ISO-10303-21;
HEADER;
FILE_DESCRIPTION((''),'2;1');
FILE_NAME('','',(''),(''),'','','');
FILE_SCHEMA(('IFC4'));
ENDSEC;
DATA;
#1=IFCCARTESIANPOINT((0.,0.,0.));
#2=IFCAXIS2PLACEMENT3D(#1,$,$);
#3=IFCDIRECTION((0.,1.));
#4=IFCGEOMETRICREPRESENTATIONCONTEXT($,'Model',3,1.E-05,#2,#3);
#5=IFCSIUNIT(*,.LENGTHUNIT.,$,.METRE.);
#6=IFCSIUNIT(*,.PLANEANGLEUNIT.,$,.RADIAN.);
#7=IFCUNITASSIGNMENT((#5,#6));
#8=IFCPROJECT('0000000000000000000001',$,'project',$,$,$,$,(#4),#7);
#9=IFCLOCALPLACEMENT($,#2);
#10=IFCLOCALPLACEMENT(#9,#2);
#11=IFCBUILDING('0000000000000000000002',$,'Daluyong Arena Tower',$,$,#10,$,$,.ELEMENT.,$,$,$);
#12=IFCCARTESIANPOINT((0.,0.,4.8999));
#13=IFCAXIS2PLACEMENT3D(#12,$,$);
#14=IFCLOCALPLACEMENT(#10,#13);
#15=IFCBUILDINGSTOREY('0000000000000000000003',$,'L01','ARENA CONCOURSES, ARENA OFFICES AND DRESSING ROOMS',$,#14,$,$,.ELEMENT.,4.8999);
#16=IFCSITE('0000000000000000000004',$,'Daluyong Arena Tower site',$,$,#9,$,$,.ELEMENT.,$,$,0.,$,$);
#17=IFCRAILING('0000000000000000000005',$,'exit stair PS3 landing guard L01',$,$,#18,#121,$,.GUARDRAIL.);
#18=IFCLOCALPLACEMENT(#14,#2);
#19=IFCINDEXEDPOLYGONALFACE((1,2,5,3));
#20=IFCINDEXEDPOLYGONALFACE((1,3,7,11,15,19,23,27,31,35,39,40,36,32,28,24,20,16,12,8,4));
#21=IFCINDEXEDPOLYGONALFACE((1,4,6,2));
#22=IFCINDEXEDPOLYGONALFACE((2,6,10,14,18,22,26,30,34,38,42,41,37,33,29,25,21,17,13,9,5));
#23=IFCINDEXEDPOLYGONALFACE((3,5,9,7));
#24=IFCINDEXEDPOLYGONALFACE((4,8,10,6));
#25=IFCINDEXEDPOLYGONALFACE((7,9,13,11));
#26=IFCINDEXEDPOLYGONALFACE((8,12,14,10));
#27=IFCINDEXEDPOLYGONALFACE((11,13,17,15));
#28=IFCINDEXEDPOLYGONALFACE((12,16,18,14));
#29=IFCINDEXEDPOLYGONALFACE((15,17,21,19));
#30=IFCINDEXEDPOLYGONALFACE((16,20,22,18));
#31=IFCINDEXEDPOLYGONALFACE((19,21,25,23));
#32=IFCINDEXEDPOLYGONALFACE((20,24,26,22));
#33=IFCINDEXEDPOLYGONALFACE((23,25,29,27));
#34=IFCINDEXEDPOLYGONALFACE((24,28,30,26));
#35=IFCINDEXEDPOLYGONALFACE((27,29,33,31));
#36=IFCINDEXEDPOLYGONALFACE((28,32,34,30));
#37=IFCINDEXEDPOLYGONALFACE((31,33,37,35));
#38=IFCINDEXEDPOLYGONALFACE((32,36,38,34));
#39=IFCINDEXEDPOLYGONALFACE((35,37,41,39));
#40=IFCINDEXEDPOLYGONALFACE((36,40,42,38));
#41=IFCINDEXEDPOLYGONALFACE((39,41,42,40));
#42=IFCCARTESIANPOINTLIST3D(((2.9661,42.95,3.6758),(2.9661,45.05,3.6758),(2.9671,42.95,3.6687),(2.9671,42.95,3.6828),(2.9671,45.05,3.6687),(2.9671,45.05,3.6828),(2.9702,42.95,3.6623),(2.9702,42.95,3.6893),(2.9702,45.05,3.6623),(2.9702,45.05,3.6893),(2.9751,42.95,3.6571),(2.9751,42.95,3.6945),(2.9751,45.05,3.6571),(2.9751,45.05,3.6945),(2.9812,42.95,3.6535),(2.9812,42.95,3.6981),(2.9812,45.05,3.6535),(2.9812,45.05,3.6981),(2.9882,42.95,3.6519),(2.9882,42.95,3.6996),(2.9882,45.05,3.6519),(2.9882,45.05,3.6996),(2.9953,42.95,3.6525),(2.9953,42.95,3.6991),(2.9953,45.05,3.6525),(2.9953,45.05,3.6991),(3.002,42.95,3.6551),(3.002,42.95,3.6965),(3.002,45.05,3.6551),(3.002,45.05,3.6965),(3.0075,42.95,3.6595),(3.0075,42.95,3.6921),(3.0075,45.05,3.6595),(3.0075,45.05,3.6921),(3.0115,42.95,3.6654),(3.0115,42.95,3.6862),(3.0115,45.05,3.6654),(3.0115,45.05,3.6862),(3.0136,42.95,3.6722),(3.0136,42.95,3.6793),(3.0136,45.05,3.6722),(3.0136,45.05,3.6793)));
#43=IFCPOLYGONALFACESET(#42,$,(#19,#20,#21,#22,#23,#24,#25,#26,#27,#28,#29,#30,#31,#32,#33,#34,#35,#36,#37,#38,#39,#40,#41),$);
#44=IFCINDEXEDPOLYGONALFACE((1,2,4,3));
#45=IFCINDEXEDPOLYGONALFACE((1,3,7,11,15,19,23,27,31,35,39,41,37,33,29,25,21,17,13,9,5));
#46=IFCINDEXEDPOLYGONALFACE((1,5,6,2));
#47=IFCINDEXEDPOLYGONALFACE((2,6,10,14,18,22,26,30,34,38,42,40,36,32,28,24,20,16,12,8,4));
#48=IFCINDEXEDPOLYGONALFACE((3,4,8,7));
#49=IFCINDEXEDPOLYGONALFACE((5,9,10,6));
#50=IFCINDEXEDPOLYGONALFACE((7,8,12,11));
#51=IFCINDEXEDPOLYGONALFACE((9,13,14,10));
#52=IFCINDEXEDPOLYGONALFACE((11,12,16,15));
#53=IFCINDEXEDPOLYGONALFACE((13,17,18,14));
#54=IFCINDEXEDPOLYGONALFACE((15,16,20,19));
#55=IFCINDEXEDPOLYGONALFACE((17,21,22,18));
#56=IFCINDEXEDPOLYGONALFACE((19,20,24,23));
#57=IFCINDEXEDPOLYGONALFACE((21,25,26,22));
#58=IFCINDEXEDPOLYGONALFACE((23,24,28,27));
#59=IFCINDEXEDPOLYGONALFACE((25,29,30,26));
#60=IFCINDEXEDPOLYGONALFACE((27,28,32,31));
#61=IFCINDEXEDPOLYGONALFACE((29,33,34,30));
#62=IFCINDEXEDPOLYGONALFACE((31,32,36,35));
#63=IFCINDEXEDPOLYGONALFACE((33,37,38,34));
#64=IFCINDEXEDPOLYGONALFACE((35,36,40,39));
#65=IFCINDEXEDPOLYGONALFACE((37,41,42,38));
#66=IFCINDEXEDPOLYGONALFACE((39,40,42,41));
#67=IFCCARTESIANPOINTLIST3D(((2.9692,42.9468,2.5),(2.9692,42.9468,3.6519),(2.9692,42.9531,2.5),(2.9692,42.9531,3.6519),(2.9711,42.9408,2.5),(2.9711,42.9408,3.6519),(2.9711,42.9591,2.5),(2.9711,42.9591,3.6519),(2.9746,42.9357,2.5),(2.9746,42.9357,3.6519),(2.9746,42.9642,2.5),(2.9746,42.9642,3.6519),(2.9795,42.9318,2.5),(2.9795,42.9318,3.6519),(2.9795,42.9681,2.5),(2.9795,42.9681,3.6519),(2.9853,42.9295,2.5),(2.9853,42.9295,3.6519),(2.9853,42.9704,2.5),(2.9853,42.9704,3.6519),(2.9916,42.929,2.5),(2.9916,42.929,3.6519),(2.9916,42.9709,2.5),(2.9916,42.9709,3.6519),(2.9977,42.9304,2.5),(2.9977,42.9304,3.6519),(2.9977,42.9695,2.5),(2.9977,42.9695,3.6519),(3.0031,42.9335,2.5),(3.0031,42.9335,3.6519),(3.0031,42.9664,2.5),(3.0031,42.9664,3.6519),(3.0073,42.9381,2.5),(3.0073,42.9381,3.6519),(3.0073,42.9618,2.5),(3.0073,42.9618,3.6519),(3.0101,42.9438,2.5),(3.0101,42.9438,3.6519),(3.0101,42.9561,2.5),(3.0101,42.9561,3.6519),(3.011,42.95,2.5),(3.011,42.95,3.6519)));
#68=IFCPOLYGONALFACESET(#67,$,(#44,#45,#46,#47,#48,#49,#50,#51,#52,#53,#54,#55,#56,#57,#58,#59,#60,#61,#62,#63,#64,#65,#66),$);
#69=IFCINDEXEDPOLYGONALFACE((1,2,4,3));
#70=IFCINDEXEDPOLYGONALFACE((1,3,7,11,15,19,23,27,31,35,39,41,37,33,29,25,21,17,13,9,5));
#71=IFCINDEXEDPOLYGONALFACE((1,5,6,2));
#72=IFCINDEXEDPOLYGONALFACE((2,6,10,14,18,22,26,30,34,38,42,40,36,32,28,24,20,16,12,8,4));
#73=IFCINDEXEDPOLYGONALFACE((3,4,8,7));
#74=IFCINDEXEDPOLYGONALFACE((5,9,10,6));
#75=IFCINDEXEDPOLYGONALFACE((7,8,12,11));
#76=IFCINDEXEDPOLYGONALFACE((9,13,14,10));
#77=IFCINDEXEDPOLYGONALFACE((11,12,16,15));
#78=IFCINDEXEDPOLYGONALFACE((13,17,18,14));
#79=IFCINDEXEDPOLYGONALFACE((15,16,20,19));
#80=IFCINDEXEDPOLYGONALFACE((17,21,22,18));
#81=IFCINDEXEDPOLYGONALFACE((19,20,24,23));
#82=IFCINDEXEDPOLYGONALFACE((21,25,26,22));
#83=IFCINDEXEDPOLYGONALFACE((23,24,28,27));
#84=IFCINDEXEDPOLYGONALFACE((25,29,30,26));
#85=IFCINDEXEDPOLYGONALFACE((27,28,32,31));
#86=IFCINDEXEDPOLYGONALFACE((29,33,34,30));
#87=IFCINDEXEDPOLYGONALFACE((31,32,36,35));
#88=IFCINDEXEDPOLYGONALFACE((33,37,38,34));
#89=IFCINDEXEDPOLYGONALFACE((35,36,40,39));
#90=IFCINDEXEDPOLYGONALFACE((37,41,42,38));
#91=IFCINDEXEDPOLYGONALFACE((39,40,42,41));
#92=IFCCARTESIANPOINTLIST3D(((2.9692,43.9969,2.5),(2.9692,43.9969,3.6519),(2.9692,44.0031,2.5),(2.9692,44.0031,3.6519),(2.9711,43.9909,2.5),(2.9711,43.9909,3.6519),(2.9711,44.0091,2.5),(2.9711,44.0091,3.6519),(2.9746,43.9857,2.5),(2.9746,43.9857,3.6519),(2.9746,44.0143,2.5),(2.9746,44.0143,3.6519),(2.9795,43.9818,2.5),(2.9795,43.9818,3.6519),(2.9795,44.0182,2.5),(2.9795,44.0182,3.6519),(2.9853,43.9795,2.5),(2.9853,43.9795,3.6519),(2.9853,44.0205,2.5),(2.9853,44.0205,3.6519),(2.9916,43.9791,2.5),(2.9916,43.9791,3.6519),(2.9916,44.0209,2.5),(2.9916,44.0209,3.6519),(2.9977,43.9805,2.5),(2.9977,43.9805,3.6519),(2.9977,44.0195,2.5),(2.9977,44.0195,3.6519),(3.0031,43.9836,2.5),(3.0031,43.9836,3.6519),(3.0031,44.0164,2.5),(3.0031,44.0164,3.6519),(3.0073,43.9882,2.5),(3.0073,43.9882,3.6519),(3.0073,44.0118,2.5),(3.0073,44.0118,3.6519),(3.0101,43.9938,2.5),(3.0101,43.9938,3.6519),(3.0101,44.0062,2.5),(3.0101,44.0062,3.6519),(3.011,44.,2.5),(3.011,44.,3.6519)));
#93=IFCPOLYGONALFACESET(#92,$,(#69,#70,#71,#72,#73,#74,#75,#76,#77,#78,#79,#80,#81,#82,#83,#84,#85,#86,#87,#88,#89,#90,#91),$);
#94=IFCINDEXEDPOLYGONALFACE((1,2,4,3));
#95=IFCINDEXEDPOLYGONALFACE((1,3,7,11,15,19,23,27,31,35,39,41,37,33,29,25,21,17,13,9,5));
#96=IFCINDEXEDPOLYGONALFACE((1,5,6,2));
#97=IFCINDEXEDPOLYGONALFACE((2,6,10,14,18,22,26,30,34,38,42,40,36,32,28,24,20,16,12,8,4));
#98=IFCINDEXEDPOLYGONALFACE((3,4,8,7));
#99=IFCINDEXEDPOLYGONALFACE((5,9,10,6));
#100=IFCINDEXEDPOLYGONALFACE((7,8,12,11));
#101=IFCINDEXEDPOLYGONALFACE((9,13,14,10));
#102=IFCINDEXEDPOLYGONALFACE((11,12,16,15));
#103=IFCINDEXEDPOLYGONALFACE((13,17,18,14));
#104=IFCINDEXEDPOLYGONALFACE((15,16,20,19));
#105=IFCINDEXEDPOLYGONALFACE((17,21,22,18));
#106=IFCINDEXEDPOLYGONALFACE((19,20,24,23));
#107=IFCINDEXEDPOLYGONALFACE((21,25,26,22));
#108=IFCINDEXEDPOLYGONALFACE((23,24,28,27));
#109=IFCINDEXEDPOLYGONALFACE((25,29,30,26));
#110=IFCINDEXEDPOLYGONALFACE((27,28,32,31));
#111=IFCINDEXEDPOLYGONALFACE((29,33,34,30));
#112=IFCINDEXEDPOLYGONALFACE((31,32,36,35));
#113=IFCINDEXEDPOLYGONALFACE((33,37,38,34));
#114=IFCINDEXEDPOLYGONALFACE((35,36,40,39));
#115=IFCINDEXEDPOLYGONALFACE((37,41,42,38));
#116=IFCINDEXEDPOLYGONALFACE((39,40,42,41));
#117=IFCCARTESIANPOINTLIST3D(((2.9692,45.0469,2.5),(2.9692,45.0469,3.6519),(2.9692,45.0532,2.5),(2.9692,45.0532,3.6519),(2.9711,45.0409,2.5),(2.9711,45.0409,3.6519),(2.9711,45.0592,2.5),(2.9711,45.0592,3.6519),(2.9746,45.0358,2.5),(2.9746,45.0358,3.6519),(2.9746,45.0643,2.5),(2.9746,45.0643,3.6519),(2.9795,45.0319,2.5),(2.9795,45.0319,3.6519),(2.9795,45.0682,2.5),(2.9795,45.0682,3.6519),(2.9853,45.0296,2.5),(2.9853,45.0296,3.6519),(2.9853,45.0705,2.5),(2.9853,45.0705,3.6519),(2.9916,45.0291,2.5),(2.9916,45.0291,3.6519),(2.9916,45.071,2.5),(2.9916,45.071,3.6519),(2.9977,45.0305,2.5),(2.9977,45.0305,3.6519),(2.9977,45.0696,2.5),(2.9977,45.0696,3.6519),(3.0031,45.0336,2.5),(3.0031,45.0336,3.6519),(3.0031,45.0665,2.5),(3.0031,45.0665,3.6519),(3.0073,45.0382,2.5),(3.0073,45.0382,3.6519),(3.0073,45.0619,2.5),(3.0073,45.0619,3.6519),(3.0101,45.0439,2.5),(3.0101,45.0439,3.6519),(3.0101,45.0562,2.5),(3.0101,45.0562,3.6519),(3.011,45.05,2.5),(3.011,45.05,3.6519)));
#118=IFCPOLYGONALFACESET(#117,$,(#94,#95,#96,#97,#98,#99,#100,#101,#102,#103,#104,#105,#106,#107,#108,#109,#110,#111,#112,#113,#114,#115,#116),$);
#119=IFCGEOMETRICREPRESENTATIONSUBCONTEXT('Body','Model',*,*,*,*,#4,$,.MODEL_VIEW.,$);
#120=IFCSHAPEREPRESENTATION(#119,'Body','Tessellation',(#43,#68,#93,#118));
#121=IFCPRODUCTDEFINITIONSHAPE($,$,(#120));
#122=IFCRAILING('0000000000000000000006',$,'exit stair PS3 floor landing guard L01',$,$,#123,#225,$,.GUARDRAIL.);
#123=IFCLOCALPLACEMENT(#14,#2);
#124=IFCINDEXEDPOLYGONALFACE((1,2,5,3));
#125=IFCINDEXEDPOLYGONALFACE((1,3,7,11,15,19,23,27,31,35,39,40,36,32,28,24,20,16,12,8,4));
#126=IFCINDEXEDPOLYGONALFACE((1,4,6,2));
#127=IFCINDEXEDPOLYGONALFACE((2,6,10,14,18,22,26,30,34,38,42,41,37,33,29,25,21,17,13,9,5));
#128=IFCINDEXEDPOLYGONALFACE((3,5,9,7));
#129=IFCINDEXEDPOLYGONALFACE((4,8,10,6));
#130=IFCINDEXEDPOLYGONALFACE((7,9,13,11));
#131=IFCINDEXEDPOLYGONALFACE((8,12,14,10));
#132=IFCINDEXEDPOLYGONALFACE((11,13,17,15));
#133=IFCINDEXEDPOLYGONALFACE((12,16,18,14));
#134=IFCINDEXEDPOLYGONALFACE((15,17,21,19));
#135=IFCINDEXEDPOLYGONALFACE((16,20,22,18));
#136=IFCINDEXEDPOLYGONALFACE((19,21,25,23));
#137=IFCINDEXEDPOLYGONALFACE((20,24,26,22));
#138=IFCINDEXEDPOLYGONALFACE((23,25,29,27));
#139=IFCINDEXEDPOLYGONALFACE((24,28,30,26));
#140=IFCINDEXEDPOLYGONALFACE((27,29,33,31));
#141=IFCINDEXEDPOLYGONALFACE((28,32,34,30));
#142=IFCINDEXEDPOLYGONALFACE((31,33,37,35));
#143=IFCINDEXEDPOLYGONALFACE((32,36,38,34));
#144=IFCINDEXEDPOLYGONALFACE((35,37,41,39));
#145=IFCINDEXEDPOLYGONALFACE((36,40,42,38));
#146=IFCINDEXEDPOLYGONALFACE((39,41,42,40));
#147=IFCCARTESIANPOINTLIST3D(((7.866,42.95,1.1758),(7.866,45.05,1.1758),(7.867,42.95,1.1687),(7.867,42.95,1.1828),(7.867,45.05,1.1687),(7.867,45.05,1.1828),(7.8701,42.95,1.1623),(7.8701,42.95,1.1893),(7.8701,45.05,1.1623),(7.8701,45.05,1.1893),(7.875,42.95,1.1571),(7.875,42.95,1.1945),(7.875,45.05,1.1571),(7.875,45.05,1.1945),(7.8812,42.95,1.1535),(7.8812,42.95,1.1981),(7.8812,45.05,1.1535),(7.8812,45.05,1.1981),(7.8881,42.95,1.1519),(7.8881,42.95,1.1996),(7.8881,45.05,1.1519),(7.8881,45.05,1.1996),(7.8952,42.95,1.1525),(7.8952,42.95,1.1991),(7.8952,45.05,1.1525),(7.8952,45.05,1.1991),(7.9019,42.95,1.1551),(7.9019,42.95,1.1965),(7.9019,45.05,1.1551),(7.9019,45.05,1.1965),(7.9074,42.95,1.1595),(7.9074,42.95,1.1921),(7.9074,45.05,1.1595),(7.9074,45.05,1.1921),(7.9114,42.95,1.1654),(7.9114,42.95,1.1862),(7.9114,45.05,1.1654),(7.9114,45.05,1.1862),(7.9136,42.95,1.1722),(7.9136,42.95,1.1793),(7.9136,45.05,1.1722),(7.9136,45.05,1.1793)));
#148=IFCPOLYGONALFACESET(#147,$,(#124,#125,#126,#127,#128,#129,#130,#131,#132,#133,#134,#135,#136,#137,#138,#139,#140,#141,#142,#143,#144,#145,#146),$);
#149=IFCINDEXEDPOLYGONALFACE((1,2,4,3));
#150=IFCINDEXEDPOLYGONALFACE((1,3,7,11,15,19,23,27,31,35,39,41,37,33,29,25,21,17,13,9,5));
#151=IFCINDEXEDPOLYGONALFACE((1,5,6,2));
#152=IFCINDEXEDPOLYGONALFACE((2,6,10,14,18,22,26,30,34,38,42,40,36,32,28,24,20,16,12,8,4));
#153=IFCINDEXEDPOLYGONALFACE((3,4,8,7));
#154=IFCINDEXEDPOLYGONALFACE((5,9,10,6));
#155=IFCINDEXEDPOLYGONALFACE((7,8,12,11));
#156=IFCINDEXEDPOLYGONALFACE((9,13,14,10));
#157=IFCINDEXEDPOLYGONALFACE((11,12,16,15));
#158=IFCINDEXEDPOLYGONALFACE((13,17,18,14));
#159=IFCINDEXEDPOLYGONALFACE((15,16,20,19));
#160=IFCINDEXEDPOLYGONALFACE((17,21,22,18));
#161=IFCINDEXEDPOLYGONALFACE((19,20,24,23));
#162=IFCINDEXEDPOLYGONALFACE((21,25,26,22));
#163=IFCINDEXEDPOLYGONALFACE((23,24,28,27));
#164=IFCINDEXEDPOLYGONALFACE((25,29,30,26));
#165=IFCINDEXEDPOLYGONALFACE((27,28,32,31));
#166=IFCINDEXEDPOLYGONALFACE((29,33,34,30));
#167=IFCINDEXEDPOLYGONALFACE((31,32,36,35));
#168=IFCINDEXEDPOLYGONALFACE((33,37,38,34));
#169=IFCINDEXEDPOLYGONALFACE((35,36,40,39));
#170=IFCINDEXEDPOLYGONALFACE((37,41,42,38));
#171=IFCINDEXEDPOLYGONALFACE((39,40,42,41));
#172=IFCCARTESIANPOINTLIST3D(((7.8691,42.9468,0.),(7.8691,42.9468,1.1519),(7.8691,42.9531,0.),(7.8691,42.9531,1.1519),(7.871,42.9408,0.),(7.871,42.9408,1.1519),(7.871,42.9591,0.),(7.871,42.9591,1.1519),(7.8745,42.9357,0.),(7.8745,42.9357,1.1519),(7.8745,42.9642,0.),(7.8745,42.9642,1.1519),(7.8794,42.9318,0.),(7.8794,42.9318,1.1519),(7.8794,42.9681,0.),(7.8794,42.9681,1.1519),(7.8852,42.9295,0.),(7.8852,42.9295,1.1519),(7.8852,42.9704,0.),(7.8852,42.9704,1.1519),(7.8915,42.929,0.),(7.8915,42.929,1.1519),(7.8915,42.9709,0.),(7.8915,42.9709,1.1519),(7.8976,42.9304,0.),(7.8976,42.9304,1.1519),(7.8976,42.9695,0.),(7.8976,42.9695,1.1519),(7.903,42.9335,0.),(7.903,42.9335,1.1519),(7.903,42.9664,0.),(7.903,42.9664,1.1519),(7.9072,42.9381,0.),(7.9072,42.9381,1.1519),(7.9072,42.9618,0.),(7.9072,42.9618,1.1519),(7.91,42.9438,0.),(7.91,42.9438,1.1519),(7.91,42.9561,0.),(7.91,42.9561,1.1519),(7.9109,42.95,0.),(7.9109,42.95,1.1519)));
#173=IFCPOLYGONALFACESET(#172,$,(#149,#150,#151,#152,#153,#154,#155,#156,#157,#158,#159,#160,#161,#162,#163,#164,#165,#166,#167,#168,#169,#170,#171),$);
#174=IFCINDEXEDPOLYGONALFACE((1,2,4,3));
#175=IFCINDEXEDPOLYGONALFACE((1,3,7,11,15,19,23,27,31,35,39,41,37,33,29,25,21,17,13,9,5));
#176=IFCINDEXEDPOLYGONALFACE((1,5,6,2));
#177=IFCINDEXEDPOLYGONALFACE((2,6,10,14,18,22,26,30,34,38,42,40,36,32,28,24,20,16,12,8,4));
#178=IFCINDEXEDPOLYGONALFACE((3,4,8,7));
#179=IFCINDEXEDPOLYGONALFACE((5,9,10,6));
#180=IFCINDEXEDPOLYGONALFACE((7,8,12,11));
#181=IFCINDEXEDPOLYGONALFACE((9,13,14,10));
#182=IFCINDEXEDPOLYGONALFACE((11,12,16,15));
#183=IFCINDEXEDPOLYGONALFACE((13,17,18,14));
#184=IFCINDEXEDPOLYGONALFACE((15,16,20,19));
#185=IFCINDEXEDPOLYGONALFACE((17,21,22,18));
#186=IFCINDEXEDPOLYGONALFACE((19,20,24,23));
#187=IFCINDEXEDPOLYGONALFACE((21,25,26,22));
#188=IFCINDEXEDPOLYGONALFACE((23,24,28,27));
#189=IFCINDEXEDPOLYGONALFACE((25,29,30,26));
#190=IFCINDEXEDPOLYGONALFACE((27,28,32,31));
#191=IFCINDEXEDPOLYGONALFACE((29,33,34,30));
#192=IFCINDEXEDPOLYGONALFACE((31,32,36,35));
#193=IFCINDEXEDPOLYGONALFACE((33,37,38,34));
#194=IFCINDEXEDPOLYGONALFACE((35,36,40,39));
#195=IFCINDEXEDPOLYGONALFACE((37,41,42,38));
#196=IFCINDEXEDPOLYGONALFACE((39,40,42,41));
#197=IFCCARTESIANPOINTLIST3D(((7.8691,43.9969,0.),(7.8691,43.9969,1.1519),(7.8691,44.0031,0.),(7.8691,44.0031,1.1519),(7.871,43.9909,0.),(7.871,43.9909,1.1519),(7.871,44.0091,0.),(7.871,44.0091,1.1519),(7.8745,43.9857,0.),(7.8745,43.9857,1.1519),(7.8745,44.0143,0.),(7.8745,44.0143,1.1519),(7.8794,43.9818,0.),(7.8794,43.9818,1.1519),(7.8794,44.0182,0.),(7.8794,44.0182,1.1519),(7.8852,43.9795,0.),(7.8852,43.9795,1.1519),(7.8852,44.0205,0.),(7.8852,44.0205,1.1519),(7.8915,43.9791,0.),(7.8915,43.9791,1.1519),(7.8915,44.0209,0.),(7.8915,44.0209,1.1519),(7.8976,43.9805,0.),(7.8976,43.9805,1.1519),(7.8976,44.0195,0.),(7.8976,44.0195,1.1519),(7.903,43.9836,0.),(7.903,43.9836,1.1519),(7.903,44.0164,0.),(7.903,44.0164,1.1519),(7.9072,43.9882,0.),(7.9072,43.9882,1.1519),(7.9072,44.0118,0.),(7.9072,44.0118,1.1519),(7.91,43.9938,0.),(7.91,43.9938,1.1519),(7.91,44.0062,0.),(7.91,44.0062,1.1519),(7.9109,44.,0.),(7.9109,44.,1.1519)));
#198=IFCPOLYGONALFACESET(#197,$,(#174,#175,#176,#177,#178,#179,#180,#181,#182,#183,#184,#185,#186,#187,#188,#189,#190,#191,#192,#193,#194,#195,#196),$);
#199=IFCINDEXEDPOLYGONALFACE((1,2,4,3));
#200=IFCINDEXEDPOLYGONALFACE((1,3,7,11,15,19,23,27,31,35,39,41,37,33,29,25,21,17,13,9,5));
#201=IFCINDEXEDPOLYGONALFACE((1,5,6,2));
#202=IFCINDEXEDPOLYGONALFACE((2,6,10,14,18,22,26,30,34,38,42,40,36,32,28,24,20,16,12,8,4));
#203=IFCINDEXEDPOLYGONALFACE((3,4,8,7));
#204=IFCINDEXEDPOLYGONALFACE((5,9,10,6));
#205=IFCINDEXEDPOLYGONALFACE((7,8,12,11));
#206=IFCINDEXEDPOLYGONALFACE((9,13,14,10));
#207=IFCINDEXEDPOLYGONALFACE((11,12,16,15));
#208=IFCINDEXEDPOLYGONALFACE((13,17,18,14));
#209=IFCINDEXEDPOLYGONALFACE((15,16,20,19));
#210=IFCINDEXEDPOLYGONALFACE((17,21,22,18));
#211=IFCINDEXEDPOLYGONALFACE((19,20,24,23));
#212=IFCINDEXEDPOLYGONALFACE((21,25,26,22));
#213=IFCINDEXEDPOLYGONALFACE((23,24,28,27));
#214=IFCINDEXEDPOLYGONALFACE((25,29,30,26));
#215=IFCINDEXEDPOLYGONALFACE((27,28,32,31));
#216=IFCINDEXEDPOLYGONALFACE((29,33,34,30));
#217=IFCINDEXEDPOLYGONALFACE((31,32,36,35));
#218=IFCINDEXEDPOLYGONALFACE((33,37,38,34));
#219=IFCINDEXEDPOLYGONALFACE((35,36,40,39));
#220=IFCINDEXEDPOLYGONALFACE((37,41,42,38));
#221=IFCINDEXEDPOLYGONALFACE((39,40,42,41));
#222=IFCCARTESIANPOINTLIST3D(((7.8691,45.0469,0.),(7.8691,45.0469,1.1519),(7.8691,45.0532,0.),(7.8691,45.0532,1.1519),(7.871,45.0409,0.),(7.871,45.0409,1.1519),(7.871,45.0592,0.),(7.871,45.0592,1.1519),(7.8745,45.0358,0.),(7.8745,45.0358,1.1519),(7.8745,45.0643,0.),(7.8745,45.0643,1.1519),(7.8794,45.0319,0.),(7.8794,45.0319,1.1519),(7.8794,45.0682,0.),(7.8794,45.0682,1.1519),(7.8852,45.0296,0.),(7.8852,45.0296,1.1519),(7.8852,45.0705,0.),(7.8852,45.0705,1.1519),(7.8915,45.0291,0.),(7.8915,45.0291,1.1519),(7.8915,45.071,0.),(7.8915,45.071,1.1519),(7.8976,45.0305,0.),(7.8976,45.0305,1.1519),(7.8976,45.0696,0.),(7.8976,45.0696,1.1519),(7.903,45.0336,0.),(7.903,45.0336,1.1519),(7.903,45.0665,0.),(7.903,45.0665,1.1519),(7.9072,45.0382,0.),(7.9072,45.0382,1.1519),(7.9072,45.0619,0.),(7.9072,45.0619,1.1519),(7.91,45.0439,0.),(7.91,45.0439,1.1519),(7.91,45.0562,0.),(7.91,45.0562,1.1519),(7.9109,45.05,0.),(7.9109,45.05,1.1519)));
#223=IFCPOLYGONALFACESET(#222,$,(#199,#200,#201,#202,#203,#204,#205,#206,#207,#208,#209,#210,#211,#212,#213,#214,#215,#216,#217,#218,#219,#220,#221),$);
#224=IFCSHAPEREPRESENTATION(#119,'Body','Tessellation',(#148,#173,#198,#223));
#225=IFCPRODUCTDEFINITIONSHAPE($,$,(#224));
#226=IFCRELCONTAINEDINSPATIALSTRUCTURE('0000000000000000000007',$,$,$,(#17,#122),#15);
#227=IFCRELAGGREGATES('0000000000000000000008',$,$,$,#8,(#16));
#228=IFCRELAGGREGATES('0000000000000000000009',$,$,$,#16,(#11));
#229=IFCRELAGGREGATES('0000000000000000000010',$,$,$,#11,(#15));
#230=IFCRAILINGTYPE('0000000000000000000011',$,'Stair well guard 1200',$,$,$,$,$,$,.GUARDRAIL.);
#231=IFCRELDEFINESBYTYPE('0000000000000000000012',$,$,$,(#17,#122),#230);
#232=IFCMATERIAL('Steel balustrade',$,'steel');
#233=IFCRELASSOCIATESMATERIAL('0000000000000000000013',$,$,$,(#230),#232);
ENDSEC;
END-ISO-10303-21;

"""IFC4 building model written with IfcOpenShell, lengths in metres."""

from ifc_helpers import new_model, si_unit, direction, frame, origin, origin_2d, place, context, subcontext, project, spatial, circle, extrude, material, type_object, element, save


model = new_model("IFC4")

# Units and contexts
model_context = context("Model", 3, precision=1e-05, world=origin(), true_north=direction((0.0, 1.0)))
body_context = subcontext(model_context, "Body", "Model", "MODEL_VIEW")
ifc_project = project(units=[si_unit("LENGTHUNIT", "METRE"), si_unit("PLANEANGLEUNIT", "RADIAN")], contexts=[model_context])

# Site, building, storey
site_placement = place(None, origin())
site = spatial("IfcSite", under=ifc_project, at=site_placement, Name="Daluyong Arena Tower site", CompositionType="ELEMENT", RefElevation=0.0)
building_placement = place(site_placement, origin())
building = spatial("IfcBuilding", under=site, at=building_placement, Name="Daluyong Arena Tower", CompositionType="ELEMENT")
storey_placement = place(building_placement, frame((0.0, 0.0, 4.8999)))
storey = spatial("IfcBuildingStorey", under=building, at=storey_placement, Name="L01", Description="ARENA CONCOURSES, ARENA OFFICES AND DRESSING ROOMS", CompositionType="ELEMENT", Elevation=4.8999)

# Railings
ifc_material_1 = material(Name="Steel balustrade", Category="steel")
railing_type_1 = type_object("IfcRailingType", Name="Stair well guard 1200", PredefinedType="GUARDRAIL", material=ifc_material_1)
for number, where, name in (
    (1, (2.99, 42.95, 2.5), "exit stair PS3 landing guard L01"),
    (2, (7.8899, 42.95, 0.0), "exit stair PS3 floor landing guard L01"),
):
    element("IfcRailing", number, at=place(storey_placement, frame(where)), inside=storey, type_object=railing_type_1, Name=name, PredefinedType="GUARDRAIL", context=body_context, shape_type="SweptSolid", body=[
        extrude(circle(Radius=0.0239, at=origin_2d()), frame((0.0, 0.0, 1.1758), z_axis=(0.0, 1.0, 0.0), x_axis=(-1.0, 0.0, 0.0)), (0.0, 0.0, 1.0), 2.1001),
        extrude(circle(Radius=0.021, at=origin_2d()), origin(), (0.0, 0.0, 1.0), 1.1519),
        extrude(circle(Radius=0.021, at=origin_2d()), frame((0.0, 1.05, 0.0)), (0.0, 0.0, 1.0), 1.1519),
        extrude(circle(Radius=0.021, at=origin_2d()), frame((0.0, 2.1001, 0.0)), (0.0, 0.0, 1.0), 1.1519),
    ])

save(model, "model.ifc")
